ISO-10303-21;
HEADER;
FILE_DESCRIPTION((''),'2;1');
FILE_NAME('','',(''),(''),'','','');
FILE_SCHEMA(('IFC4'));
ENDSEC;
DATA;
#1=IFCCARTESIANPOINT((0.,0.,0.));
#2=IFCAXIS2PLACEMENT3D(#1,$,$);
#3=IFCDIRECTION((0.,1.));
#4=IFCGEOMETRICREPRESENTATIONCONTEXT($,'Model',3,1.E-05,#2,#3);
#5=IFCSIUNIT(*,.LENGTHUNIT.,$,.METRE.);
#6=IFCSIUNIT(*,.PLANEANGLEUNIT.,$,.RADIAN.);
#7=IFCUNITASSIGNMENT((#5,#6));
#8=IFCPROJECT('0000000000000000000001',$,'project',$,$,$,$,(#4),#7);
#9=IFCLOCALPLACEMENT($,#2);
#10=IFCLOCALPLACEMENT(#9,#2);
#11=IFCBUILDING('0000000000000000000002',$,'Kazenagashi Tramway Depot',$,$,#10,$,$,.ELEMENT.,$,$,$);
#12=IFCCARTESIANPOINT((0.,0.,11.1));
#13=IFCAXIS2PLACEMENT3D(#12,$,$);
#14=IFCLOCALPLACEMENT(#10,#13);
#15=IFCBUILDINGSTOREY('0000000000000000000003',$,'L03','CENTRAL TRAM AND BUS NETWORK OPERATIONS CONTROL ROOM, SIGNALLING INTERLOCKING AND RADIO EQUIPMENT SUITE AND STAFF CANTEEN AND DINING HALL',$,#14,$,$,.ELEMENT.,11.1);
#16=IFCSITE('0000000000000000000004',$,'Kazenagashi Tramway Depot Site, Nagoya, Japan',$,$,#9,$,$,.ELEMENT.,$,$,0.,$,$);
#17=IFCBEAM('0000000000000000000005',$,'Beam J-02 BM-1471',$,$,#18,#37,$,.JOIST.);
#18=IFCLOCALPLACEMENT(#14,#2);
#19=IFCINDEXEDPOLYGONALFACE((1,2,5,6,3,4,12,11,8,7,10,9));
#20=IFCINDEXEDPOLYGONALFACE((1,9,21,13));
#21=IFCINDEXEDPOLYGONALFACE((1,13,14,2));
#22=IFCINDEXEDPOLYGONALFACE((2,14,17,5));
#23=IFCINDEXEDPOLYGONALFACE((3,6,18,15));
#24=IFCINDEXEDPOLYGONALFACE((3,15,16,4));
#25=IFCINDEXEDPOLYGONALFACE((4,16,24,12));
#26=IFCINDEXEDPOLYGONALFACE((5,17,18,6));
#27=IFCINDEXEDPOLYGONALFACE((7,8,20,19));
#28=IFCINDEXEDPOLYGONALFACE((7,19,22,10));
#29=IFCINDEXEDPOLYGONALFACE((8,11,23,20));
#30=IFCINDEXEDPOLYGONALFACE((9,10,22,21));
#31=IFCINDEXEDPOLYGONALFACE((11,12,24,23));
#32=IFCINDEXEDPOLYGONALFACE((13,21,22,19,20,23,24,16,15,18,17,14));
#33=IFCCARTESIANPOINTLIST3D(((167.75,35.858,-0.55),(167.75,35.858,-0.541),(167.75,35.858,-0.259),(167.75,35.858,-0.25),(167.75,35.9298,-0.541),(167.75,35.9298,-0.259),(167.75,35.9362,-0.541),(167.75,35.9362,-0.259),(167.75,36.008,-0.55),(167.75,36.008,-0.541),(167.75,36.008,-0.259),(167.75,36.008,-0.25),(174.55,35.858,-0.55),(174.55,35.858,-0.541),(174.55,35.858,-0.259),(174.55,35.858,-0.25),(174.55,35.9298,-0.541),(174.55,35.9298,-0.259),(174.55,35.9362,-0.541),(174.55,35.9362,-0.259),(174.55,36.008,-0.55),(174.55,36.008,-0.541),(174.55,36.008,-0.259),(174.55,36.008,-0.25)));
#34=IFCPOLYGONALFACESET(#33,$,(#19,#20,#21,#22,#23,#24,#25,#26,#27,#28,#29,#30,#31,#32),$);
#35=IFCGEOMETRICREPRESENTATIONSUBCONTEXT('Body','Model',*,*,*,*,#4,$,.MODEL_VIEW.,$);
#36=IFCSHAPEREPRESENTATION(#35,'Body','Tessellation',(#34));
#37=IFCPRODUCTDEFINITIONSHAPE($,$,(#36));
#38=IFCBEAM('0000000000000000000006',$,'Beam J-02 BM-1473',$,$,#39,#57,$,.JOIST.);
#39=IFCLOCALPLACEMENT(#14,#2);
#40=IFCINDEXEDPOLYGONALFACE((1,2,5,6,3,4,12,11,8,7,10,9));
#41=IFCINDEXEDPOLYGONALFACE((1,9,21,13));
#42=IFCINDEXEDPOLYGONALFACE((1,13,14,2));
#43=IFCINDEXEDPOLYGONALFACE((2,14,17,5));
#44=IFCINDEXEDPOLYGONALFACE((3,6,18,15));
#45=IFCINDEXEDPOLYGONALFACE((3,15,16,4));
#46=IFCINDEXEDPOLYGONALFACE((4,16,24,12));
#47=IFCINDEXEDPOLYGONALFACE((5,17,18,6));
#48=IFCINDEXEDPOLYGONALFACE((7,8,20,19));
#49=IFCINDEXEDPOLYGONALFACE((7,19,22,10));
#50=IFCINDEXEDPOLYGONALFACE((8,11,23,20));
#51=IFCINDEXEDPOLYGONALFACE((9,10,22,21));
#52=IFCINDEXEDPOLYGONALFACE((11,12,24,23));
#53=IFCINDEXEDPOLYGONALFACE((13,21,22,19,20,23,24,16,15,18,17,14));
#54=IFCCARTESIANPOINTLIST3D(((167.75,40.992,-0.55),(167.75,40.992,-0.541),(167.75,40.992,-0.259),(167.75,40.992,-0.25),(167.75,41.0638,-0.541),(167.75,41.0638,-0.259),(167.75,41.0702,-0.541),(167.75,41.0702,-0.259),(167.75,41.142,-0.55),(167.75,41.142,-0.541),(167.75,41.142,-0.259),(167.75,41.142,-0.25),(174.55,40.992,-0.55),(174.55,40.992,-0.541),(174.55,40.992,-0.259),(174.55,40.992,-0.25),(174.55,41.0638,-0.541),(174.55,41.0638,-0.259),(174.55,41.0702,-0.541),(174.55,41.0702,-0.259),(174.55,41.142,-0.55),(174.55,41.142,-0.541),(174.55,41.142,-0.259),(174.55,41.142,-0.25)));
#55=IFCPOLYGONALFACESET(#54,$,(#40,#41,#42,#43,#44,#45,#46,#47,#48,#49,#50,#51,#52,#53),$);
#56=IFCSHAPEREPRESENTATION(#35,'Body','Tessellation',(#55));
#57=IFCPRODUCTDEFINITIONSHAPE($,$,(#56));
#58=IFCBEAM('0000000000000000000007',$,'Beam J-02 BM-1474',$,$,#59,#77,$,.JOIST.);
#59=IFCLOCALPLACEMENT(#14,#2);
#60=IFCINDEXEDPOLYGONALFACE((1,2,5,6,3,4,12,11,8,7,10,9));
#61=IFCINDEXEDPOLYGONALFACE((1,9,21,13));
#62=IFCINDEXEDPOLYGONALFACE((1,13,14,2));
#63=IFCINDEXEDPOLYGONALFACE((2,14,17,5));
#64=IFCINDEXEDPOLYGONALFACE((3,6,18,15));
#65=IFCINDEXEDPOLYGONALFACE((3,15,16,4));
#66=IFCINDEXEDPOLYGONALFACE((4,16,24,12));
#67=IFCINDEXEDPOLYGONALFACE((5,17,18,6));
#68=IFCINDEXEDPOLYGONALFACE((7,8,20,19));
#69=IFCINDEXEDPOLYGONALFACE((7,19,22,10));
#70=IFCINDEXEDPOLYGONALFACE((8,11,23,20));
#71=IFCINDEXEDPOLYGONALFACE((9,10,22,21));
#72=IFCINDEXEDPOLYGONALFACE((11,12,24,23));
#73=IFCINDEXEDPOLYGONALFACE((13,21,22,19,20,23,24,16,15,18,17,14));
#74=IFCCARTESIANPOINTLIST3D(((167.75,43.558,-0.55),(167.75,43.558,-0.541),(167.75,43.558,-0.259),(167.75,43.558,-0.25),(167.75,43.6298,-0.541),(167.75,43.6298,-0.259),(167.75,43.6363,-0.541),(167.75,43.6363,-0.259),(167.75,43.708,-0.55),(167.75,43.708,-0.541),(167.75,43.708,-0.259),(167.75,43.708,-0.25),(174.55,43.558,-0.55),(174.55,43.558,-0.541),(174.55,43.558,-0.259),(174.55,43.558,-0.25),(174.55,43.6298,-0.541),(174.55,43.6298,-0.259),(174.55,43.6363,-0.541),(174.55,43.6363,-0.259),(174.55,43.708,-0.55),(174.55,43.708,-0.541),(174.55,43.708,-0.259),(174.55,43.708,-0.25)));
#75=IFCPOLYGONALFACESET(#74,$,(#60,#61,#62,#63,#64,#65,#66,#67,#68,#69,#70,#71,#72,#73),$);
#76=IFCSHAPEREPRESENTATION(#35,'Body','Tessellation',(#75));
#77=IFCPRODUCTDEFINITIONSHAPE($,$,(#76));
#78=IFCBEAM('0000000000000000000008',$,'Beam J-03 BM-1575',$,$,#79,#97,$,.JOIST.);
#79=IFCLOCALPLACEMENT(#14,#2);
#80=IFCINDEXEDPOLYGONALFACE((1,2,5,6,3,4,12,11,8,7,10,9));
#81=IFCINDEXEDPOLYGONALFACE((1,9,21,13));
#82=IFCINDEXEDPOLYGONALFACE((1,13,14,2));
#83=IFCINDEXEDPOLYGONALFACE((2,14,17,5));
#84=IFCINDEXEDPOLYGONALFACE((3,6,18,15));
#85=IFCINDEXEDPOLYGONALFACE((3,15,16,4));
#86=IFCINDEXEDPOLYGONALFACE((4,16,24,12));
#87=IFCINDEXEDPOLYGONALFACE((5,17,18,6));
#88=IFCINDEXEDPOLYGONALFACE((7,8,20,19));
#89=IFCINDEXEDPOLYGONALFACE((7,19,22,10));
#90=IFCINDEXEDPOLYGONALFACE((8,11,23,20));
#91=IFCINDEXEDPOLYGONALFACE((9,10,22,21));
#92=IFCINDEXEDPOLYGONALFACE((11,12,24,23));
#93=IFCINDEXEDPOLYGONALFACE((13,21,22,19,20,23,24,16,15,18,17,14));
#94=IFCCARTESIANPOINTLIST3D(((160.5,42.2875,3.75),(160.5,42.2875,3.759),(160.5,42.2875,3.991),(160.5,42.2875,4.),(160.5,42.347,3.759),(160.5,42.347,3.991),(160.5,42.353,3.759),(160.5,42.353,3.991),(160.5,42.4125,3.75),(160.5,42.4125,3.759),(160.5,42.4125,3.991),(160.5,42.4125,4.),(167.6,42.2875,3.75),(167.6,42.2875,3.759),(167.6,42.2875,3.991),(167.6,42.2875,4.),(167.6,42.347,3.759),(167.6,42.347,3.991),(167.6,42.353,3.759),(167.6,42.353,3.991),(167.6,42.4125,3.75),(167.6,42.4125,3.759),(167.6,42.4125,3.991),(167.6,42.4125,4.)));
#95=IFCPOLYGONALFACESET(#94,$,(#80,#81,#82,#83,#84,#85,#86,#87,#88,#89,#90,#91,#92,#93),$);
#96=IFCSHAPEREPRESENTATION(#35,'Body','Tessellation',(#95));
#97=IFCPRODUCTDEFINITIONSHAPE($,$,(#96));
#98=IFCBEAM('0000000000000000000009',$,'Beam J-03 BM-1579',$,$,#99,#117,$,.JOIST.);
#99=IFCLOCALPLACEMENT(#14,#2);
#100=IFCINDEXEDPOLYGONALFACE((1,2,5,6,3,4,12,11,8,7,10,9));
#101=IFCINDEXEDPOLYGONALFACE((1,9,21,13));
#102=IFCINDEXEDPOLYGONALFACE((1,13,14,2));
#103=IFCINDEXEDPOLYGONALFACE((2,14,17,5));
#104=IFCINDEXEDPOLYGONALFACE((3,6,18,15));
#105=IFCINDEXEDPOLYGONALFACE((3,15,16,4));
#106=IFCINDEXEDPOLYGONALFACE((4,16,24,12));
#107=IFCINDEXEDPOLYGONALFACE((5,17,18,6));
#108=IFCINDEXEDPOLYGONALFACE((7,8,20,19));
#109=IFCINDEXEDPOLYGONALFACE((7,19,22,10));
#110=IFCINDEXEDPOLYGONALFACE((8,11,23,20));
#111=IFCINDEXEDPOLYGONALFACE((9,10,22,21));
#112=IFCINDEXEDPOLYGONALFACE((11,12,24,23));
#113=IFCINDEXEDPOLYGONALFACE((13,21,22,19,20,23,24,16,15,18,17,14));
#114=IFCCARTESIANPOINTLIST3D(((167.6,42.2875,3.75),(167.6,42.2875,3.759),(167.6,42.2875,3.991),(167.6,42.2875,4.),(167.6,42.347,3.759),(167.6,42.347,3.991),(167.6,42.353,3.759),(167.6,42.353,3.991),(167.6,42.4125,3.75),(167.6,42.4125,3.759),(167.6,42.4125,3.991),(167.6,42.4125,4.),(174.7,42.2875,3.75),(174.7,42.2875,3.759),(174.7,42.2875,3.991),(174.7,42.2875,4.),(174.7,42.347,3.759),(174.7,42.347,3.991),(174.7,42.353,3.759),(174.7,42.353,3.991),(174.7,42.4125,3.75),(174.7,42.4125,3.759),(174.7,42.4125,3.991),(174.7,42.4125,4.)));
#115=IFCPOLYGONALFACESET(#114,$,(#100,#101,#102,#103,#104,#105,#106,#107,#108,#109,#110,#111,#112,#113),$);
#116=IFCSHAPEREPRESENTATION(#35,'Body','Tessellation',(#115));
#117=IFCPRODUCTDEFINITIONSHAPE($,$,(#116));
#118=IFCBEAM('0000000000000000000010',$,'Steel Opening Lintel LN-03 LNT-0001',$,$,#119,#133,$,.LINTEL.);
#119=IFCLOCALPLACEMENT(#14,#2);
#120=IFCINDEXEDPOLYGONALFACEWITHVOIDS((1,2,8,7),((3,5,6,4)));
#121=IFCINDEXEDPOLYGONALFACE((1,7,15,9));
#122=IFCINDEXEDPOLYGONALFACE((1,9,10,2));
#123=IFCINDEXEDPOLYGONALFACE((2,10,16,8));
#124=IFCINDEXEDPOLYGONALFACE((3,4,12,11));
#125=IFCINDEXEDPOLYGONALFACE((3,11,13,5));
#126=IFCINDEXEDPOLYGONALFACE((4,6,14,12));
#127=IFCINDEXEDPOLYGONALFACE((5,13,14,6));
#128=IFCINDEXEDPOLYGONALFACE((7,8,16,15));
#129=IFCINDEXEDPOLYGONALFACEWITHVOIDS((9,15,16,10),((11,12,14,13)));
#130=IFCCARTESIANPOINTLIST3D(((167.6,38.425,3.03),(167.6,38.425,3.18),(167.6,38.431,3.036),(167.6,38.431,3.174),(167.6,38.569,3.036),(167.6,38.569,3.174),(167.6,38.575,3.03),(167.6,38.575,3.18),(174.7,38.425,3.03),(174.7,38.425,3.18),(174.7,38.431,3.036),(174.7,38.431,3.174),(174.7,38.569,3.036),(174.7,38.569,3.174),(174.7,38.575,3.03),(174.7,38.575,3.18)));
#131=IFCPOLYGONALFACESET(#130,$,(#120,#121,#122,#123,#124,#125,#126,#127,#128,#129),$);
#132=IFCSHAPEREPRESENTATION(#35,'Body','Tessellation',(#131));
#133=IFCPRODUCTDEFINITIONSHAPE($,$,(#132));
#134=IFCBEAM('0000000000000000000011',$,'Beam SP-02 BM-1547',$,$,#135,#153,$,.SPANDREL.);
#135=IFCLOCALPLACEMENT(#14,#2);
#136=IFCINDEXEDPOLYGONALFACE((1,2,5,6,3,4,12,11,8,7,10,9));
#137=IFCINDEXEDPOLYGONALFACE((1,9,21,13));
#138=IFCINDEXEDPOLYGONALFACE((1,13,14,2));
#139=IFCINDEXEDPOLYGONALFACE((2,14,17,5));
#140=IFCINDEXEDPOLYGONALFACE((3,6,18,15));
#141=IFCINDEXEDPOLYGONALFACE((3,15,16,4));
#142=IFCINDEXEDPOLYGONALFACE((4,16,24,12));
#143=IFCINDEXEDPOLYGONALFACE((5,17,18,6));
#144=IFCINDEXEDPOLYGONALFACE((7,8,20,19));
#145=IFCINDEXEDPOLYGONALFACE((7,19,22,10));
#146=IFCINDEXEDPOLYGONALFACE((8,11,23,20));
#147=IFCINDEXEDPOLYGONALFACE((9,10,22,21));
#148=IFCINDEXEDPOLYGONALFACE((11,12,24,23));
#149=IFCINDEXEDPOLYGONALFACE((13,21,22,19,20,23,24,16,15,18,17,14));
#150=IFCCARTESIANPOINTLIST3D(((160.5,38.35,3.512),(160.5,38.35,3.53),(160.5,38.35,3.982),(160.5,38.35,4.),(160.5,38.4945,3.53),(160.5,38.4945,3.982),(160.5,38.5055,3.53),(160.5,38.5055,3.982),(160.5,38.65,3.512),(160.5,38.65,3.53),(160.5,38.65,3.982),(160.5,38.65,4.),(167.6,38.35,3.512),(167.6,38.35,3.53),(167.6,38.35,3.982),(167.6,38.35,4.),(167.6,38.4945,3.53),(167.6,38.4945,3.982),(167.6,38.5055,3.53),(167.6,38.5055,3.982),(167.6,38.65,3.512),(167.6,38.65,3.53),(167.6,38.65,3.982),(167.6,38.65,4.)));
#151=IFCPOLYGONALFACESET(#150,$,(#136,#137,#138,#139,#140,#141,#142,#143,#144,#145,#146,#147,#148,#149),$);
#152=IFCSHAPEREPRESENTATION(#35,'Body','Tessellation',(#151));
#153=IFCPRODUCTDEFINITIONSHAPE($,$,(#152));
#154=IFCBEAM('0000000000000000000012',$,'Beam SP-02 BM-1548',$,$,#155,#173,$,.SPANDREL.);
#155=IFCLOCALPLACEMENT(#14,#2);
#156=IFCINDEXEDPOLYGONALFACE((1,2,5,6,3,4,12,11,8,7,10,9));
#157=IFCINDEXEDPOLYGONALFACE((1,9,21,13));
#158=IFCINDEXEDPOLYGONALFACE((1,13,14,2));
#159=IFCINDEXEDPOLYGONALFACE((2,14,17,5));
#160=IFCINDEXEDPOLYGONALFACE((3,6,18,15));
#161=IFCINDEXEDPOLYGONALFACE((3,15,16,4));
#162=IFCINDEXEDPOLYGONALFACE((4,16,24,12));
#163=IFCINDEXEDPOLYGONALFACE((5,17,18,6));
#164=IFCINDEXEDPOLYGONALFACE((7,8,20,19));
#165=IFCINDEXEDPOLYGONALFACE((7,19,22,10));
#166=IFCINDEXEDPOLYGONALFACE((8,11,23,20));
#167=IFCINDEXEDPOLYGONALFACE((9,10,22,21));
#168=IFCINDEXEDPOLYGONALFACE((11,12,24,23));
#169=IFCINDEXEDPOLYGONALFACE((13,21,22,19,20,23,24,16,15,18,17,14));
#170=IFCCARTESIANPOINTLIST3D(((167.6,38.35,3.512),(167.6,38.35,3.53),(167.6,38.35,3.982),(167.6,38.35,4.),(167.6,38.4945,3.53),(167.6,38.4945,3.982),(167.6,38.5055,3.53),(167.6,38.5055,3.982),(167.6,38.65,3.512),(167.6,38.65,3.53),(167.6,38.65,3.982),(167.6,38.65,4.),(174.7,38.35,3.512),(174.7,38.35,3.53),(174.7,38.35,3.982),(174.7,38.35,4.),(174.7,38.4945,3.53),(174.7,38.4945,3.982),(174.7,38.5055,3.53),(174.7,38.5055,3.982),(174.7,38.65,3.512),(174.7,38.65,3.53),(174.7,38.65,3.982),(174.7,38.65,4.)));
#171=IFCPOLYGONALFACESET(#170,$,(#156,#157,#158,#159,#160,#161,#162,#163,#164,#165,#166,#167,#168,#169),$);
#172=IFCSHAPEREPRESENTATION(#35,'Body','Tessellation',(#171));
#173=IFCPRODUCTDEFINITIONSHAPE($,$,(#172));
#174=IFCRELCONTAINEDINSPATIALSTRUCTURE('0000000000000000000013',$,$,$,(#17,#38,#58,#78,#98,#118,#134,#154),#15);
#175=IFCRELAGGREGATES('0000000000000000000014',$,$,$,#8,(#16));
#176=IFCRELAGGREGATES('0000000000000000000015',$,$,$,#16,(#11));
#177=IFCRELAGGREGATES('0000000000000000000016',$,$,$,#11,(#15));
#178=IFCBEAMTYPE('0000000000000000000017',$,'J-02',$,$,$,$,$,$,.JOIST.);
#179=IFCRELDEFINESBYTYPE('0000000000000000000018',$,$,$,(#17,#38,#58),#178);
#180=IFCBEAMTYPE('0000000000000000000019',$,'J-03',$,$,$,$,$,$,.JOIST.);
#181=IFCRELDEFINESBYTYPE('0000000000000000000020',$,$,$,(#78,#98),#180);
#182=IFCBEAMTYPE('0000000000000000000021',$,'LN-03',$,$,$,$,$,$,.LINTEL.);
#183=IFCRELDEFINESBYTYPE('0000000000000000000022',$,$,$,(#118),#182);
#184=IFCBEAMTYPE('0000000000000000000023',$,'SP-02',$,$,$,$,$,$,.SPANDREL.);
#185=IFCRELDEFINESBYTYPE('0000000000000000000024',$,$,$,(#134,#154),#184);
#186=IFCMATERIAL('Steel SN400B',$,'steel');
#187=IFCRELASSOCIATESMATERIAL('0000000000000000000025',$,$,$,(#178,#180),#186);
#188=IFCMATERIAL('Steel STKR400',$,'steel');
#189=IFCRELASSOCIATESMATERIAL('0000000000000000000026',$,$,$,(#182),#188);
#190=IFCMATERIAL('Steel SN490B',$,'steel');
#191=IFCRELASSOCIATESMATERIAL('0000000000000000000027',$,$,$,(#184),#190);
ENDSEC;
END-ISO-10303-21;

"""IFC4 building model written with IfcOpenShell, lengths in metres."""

from ifc_helpers import new_model, si_unit, direction, frame, origin, origin_2d, place, context, subcontext, project, spatial, hollow_rectangle, i_section, extrude, material, material_profile, profile_set, type_object, element, save


model = new_model("IFC4")

# Units and contexts
model_context = context("Model", 3, precision=1e-05, world=origin(), true_north=direction((0.0, 1.0)))
body_context = subcontext(model_context, "Body", "Model", "MODEL_VIEW")
ifc_project = project(units=[si_unit("LENGTHUNIT", "METRE"), si_unit("PLANEANGLEUNIT", "RADIAN")], contexts=[model_context])

# Site, building, storey
site_placement = place(None, origin())
site = spatial("IfcSite", under=ifc_project, at=site_placement, Name="Kazenagashi Tramway Depot Site, Nagoya, Japan", CompositionType="ELEMENT", RefElevation=0.0)
building_placement = place(site_placement, origin())
building = spatial("IfcBuilding", under=site, at=building_placement, Name="Kazenagashi Tramway Depot", CompositionType="ELEMENT")
storey_placement = place(building_placement, frame((0.0, 0.0, 11.1)))
storey = spatial("IfcBuildingStorey", under=building, at=storey_placement, Name="L03", Description="CENTRAL TRAM AND BUS NETWORK OPERATIONS CONTROL ROOM, SIGNALLING INTERLOCKING AND RADIO EQUIPMENT SUITE AND STAFF CANTEEN AND DINING HALL", CompositionType="ELEMENT", Elevation=11.1)

# Shared definitions
ifc_material_1 = material(Name="Steel SN490B", Category="steel")

# Beams
ifc_material_2 = material(Name="Steel SN400B", Category="steel")
ifc_material_profile_1 = material_profile(ifc_material_2, i_section(OverallWidth=0.15, OverallDepth=0.3, WebThickness=0.0065, FlangeThickness=0.009, at=origin_2d()), Name="H-300x150x6.5x9")
ifc_profile_set_1 = profile_set([ifc_material_profile_1], Name="Steel SN400B")
beam_type_1 = type_object("IfcBeamType", Name="J-02", PredefinedType="JOIST", material=ifc_profile_set_1)
for number, where, z_axis, x_axis, name in (
    (1, (167.75, 35.933, -0.4), (1.0, 0.0, 0.0), (0.0, 1.0, 0.0), "Beam J-02 BM-1471"),
    (2, (167.75, 41.067, -0.4), (1.0, 0.0, 0.0), (0.0, 1.0, 0.0), "Beam J-02 BM-1473"),
    (3, (167.75, 43.633, -0.4), (1.0, 0.0, 0.0), (0.0, 1.0, 0.0), "Beam J-02 BM-1474"),
):
    element("IfcBeam", number, at=place(storey_placement, frame(where, z_axis=z_axis, x_axis=x_axis)), inside=storey, type_object=beam_type_1, Name=name, PredefinedType="JOIST", context=body_context, shape_type="SweptSolid", body=[
        extrude(i_section(OverallWidth=0.15, OverallDepth=0.3, WebThickness=0.0065, FlangeThickness=0.009, at=origin_2d()), origin(), (0.0, 0.0, 1.0), 6.8),
    ])
ifc_material_profile_2 = material_profile(ifc_material_2, i_section(OverallWidth=0.125, OverallDepth=0.25, WebThickness=0.006, FlangeThickness=0.009, at=origin_2d()), Name="H-250x125x6x9")
ifc_profile_set_2 = profile_set([ifc_material_profile_2], Name="Steel SN400B")
beam_type_2 = type_object("IfcBeamType", Name="J-03", PredefinedType="JOIST", material=ifc_profile_set_2)
for number, where, z_axis, x_axis, name in (
    (4, (160.5, 42.35, 3.875), (1.0, 0.0, 0.0), (0.0, 1.0, 0.0), "Beam J-03 BM-1575"),
    (5, (167.6, 42.35, 3.875), (1.0, 0.0, 0.0), (0.0, 1.0, 0.0), "Beam J-03 BM-1579"),
):
    element("IfcBeam", number, at=place(storey_placement, frame(where, z_axis=z_axis, x_axis=x_axis)), inside=storey, type_object=beam_type_2, Name=name, PredefinedType="JOIST", context=body_context, shape_type="SweptSolid", body=[
        extrude(i_section(OverallWidth=0.125, OverallDepth=0.25, WebThickness=0.006, FlangeThickness=0.009, at=origin_2d()), origin(), (0.0, 0.0, 1.0), 7.1),
    ])
ifc_material_3 = material(Name="Steel STKR400", Category="steel")
ifc_material_profile_3 = material_profile(ifc_material_3, hollow_rectangle(XDim=0.15, YDim=0.15, WallThickness=0.006, at=origin_2d()), Name="SHS-150x150x6")
ifc_profile_set_3 = profile_set([ifc_material_profile_3], Name="Steel STKR400")
beam_type_3 = type_object("IfcBeamType", Name="LN-03", PredefinedType="LINTEL", material=ifc_profile_set_3)
beam_placement = place(storey_placement, frame((167.6, 38.5, 3.105), z_axis=(1.0, 0.0, 0.0), x_axis=(0.0, 1.0, 0.0)))
element("IfcBeam", 6, at=beam_placement, inside=storey, type_object=beam_type_3, Name="Steel Opening Lintel LN-03 LNT-0001", PredefinedType="LINTEL", context=body_context, shape_type="SweptSolid", body=[
    extrude(hollow_rectangle(XDim=0.15, YDim=0.15, WallThickness=0.006, at=origin_2d()), origin(), (0.0, 0.0, 1.0), 7.1),
])
ifc_material_profile_4 = material_profile(ifc_material_1, i_section(OverallWidth=0.3, OverallDepth=0.488, WebThickness=0.011, FlangeThickness=0.018, at=origin_2d()), Name="H-488x300x11x18")
ifc_profile_set_4 = profile_set([ifc_material_profile_4], Name="Steel SN490B")
beam_type_4 = type_object("IfcBeamType", Name="SP-02", PredefinedType="SPANDREL", material=ifc_profile_set_4)
for number, where, z_axis, x_axis, name in (
    (7, (160.5, 38.5, 3.756), (1.0, 0.0, 0.0), (0.0, 1.0, 0.0), "Beam SP-02 BM-1547"),
    (8, (167.6, 38.5, 3.756), (1.0, 0.0, 0.0), (0.0, 1.0, 0.0), "Beam SP-02 BM-1548"),
):
    element("IfcBeam", number, at=place(storey_placement, frame(where, z_axis=z_axis, x_axis=x_axis)), inside=storey, type_object=beam_type_4, Name=name, PredefinedType="SPANDREL", context=body_context, shape_type="SweptSolid", body=[
        extrude(i_section(OverallWidth=0.3, OverallDepth=0.488, WebThickness=0.011, FlangeThickness=0.018, at=origin_2d()), origin(), (0.0, 0.0, 1.0), 7.1),
    ])

save(model, "model.ifc")
